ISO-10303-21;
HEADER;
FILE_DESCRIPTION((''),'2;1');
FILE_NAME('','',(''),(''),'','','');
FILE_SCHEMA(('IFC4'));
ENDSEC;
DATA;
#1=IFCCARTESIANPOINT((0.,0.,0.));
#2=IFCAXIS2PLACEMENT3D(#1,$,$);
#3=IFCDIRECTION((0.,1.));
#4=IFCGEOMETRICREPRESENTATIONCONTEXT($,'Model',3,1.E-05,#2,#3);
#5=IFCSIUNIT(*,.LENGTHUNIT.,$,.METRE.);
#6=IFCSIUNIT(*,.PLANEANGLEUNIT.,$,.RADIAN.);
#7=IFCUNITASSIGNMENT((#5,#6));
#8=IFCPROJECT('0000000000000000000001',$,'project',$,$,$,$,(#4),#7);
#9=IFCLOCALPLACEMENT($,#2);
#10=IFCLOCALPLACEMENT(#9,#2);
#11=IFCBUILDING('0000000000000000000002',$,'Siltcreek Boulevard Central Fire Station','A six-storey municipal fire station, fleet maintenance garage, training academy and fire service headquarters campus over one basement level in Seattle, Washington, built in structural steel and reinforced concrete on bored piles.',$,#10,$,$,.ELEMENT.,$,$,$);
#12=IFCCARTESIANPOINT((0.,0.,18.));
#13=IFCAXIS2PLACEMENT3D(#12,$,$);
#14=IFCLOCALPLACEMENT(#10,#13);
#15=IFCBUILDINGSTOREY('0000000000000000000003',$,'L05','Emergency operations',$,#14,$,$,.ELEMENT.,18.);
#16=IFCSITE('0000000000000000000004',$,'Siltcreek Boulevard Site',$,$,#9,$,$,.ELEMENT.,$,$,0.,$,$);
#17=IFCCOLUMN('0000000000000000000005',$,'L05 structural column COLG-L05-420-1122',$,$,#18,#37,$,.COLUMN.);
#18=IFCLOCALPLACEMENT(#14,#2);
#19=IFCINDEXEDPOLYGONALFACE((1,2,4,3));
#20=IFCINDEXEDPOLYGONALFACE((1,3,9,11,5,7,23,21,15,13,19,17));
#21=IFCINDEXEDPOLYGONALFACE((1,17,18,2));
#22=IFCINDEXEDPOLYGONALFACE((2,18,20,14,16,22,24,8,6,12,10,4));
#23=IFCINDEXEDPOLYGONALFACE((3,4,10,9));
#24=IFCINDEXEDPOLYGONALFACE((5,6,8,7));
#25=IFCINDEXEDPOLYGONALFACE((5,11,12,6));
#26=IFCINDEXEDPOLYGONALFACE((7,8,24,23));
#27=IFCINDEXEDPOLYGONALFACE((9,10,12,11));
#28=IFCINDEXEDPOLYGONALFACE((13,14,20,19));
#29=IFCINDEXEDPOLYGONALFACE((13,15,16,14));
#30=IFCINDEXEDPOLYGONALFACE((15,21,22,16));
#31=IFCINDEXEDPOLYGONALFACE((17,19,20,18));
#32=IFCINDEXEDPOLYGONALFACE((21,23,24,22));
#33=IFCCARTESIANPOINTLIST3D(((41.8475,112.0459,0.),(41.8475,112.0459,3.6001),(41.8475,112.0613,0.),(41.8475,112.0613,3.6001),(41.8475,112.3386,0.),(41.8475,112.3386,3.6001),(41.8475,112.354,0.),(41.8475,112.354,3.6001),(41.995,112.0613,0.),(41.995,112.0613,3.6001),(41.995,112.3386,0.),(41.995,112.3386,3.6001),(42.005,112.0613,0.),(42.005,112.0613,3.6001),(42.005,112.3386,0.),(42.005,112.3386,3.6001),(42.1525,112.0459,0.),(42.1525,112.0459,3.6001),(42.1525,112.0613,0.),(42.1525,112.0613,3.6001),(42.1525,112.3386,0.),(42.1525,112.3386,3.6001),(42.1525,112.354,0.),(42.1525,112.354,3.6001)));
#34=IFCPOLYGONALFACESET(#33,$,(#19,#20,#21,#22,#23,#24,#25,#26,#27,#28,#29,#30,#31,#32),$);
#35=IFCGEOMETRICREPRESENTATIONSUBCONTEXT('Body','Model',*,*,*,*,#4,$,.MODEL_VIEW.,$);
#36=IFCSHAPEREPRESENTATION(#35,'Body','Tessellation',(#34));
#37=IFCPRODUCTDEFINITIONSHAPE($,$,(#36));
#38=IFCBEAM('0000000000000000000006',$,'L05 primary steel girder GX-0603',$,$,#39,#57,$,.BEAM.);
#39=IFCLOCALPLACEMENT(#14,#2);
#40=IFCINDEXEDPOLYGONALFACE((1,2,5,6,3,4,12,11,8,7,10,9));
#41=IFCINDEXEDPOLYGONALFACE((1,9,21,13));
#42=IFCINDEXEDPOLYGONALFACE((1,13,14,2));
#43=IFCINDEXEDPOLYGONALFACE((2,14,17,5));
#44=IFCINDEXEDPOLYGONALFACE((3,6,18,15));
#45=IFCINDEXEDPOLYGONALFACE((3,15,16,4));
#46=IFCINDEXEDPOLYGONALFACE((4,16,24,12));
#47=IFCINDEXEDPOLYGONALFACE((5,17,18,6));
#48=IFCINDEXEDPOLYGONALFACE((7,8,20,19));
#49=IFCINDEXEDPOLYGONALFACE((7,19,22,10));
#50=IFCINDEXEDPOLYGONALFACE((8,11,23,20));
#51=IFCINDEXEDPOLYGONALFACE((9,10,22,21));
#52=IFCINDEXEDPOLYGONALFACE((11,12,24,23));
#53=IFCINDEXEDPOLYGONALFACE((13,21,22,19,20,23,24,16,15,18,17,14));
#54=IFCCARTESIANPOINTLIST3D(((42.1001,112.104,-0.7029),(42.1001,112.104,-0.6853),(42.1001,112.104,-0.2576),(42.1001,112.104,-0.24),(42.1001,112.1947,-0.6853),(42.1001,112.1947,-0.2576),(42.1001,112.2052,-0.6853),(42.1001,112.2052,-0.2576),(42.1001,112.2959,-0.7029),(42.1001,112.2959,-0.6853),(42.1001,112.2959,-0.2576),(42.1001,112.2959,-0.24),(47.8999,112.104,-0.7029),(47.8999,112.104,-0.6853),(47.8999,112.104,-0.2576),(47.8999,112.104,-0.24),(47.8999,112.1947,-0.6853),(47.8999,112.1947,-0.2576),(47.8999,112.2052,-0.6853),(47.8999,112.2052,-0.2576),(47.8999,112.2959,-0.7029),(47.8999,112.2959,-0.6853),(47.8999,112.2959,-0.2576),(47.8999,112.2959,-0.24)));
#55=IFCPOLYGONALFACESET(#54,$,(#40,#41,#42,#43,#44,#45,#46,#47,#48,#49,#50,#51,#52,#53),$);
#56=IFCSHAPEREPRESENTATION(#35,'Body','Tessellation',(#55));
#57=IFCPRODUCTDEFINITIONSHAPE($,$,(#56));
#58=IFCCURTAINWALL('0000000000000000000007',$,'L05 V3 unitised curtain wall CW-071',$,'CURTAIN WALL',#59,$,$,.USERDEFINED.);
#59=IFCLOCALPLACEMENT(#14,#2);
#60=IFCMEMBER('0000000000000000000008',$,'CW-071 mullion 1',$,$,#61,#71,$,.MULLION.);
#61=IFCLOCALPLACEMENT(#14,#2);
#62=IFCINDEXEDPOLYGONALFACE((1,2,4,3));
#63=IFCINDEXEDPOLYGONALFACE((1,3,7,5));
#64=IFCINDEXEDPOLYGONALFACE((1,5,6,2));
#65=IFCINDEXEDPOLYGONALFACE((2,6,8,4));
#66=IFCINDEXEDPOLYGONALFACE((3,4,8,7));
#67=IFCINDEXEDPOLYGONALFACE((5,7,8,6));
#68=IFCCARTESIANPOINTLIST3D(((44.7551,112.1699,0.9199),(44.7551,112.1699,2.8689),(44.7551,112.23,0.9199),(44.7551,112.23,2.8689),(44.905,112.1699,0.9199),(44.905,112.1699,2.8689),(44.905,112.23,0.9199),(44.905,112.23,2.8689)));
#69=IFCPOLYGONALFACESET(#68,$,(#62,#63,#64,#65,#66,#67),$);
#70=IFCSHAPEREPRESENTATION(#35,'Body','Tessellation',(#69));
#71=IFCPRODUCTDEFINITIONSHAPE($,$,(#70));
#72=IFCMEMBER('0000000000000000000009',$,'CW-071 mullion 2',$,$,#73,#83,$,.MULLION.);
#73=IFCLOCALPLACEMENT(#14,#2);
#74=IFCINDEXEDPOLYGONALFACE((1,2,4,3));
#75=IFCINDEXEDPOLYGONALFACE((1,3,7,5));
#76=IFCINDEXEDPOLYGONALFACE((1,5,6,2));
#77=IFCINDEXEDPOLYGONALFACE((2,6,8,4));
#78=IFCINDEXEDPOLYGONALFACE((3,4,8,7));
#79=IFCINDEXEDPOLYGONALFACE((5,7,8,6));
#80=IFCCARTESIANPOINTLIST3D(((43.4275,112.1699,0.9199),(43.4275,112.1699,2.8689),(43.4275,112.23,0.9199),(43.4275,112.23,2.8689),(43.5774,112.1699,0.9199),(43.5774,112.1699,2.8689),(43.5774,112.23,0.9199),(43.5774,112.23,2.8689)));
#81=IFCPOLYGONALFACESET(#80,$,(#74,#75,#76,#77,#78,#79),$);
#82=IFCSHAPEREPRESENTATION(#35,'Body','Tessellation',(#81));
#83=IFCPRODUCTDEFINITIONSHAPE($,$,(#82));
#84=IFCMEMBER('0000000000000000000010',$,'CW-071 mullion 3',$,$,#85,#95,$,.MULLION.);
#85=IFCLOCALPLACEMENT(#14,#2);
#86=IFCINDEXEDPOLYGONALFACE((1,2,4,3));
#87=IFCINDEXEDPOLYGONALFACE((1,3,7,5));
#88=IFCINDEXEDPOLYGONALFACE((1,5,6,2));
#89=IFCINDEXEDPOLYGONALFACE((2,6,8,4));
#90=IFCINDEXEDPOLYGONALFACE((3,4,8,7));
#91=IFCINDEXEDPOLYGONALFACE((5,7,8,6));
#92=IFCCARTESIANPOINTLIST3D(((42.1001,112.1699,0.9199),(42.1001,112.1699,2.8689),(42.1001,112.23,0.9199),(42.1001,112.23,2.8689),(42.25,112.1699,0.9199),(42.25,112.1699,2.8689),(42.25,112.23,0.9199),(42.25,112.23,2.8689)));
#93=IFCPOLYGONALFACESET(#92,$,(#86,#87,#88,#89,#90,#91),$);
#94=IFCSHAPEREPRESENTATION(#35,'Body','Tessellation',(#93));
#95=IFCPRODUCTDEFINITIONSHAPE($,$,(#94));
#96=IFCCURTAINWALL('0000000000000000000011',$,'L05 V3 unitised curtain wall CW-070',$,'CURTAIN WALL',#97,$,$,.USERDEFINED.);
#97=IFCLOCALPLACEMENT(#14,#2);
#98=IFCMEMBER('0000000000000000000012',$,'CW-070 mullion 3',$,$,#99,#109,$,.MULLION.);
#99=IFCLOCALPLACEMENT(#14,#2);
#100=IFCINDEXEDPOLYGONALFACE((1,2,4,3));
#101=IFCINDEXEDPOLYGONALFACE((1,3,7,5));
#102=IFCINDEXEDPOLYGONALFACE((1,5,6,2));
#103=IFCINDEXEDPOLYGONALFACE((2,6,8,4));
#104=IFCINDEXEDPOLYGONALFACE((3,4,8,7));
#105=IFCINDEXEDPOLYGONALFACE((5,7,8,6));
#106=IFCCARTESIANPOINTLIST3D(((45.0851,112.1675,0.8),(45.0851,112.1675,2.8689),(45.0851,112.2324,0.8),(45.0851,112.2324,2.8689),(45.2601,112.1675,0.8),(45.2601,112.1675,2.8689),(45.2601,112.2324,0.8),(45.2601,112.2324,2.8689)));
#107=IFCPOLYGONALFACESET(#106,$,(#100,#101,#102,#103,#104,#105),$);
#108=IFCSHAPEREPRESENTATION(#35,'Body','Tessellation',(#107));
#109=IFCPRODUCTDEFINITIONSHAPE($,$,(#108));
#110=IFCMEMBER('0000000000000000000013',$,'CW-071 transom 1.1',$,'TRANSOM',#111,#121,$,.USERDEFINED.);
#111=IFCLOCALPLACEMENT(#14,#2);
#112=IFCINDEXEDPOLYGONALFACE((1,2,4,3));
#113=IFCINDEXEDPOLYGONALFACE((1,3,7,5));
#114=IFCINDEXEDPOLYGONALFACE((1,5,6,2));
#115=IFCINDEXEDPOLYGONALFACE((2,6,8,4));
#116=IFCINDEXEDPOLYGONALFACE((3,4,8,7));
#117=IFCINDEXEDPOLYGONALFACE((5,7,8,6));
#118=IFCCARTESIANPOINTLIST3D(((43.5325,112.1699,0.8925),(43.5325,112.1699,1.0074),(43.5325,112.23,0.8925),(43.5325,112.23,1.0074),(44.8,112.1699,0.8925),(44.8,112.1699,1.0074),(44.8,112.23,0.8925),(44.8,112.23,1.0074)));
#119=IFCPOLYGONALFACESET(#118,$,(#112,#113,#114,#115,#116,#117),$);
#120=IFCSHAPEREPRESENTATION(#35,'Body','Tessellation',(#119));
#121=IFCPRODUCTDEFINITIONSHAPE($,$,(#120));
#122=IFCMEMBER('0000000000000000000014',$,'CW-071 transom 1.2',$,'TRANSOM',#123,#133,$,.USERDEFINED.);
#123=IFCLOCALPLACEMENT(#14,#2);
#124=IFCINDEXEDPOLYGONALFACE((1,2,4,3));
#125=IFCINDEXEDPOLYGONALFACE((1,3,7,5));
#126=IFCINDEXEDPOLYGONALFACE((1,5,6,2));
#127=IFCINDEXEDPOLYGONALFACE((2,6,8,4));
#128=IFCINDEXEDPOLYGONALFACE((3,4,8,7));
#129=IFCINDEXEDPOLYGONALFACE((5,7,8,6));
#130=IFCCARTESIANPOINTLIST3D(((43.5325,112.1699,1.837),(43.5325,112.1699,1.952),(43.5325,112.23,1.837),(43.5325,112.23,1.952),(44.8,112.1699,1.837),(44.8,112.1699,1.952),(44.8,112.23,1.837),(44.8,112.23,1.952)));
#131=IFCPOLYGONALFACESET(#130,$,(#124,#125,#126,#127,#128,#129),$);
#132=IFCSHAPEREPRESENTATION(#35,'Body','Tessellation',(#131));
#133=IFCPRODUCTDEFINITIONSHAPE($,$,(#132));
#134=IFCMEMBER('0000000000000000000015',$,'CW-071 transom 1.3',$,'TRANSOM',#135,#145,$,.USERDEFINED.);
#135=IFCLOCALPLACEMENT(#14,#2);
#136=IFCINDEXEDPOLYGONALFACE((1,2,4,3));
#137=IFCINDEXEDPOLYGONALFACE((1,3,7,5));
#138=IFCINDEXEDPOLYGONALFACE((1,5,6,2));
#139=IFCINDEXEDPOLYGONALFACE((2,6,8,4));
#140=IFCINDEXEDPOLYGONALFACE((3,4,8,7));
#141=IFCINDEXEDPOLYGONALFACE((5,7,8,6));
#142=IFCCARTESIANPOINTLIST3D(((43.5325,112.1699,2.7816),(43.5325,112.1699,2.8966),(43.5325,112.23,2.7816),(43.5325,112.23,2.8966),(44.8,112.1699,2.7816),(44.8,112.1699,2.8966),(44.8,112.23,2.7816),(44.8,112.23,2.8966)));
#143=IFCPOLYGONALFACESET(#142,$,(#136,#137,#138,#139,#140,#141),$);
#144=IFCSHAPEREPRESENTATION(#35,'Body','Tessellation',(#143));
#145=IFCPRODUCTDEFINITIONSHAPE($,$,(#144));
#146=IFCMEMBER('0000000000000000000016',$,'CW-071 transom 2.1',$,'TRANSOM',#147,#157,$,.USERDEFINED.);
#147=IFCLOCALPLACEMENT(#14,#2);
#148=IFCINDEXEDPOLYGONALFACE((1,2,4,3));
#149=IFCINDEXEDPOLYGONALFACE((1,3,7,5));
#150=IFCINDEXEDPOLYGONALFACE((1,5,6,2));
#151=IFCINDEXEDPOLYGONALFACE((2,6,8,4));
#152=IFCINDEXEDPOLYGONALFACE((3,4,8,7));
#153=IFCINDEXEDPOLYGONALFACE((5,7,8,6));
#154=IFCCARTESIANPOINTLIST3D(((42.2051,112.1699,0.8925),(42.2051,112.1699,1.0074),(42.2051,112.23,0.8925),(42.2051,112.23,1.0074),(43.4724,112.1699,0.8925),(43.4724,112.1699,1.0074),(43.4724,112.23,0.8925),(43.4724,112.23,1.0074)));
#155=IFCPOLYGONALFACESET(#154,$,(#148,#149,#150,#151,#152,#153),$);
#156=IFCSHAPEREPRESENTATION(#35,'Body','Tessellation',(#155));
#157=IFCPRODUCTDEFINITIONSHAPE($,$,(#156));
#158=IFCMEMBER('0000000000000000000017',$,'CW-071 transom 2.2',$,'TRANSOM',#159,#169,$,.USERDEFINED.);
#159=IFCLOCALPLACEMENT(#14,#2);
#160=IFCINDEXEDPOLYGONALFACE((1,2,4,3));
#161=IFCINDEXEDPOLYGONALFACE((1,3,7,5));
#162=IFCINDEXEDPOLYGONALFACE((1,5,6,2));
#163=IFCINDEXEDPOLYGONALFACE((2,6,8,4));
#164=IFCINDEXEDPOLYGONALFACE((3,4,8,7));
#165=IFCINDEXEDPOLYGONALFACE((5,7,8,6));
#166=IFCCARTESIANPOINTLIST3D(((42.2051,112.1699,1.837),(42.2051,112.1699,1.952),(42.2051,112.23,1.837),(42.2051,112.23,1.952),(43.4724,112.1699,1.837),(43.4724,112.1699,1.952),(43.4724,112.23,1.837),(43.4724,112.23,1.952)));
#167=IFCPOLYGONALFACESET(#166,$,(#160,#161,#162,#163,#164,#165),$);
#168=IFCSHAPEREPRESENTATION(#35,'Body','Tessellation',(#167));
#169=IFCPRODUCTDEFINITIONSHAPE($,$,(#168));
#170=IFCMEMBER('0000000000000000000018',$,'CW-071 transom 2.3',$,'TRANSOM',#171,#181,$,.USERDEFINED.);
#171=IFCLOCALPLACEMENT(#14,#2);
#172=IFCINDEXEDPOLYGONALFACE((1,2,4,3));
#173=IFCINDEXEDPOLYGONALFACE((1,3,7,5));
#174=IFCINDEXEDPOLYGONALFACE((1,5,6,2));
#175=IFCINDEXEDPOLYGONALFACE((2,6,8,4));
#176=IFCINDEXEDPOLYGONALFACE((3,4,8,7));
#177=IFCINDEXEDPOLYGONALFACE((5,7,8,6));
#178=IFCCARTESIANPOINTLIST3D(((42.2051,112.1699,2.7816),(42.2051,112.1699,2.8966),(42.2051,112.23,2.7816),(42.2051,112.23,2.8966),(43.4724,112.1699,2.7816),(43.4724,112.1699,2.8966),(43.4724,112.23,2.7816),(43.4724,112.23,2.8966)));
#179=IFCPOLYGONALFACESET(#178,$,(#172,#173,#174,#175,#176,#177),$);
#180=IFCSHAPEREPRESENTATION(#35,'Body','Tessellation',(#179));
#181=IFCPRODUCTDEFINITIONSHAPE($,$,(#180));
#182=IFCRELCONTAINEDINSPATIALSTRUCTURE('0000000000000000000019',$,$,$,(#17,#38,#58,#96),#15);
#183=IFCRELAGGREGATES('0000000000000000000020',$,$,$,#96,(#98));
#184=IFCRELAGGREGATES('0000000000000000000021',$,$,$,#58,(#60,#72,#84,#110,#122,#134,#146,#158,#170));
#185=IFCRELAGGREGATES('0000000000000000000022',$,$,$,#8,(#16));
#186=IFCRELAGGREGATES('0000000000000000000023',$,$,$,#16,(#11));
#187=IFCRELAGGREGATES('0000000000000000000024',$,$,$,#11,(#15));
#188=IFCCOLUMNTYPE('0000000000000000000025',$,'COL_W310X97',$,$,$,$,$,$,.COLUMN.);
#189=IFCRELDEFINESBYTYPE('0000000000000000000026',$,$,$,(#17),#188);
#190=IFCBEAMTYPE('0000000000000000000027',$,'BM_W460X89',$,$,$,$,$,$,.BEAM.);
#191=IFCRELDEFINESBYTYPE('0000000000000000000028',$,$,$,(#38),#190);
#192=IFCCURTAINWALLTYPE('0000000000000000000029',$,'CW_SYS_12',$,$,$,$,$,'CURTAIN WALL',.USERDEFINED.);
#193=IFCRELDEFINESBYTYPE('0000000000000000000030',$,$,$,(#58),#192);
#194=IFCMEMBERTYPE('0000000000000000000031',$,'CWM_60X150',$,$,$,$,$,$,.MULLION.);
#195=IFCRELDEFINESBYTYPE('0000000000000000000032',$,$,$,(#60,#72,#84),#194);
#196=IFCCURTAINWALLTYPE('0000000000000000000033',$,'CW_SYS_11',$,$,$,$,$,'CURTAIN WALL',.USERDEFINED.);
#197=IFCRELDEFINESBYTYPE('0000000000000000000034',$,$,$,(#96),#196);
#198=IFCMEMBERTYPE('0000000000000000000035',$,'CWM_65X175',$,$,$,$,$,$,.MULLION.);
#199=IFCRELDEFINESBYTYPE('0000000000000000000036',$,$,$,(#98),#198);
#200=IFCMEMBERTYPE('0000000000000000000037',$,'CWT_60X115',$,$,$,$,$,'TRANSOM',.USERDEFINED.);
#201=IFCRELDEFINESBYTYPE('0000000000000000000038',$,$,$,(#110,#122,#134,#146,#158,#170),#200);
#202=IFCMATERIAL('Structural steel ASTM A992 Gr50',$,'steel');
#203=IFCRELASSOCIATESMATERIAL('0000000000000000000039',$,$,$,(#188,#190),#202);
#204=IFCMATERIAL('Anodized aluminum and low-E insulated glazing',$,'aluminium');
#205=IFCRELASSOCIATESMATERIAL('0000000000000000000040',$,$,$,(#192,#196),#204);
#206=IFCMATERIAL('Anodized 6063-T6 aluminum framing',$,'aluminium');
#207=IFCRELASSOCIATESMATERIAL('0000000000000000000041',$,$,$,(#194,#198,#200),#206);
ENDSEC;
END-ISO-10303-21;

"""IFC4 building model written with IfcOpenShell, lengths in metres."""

from ifc_helpers import new_model, si_unit, direction, frame, origin, origin_2d, place, context, subcontext, project, spatial, rectangle, i_section, extrude, material, material_profile, profile_set, type_object, element, aggregate, save


model = new_model("IFC4")

# Units and contexts
model_context = context("Model", 3, precision=1e-05, world=origin(), true_north=direction((0.0, 1.0)))
body_context = subcontext(model_context, "Body", "Model", "MODEL_VIEW")
ifc_project = project(units=[si_unit("LENGTHUNIT", "METRE"), si_unit("PLANEANGLEUNIT", "RADIAN")], contexts=[model_context])

# Site, building, storey
site_placement = place(None, origin())
site = spatial("IfcSite", under=ifc_project, at=site_placement, Name="Siltcreek Boulevard Site", CompositionType="ELEMENT", RefElevation=0.0)
building_placement = place(site_placement, origin())
building = spatial("IfcBuilding", under=site, at=building_placement, Name="Siltcreek Boulevard Central Fire Station", Description="A six-storey municipal fire station, fleet maintenance garage, training academy and fire service headquarters campus over one basement level in Seattle, Washington, built in structural steel and reinforced concrete on bored piles.", CompositionType="ELEMENT")
storey_placement = place(building_placement, frame((0.0, 0.0, 18.0)))
storey = spatial("IfcBuildingStorey", under=building, at=storey_placement, Name="L05", Description="Emergency operations", CompositionType="ELEMENT", Elevation=18.0)

# Column
ifc_material_1 = material(Name="Structural steel ASTM A992 Gr50", Category="steel")
ifc_material_profile_1 = material_profile(ifc_material_1, i_section(OverallWidth=0.3049, OverallDepth=0.3081, WebThickness=0.01, FlangeThickness=0.0154, at=origin_2d()), Name="W310X97")
ifc_profile_set_1 = profile_set([ifc_material_profile_1], Name="Structural steel ASTM A992 Gr50")
column_type = type_object("IfcColumnType", Name="COL_W310X97", PredefinedType="COLUMN", material=ifc_profile_set_1)
column_placement = place(storey_placement, frame((42.0, 112.2, 0.0), z_axis=(0.0, 0.0, 1.0), x_axis=(1.0, 0.0, 0.0)))
element("IfcColumn", 1, at=column_placement, inside=storey, type_object=column_type, Name="L05 structural column COLG-L05-420-1122", PredefinedType="COLUMN", context=body_context, shape_type="SweptSolid", body=[
    extrude(i_section(OverallWidth=0.3049, OverallDepth=0.3081, WebThickness=0.01, FlangeThickness=0.0154, at=origin_2d()), origin(), (0.0, 0.0, 1.0), 3.6001),
])

# Beam
ifc_material_profile_2 = material_profile(ifc_material_1, i_section(OverallWidth=0.1919, OverallDepth=0.4629, WebThickness=0.0105, FlangeThickness=0.0176, at=origin_2d()), Name="W460X89")
ifc_profile_set_2 = profile_set([ifc_material_profile_2], Name="Structural steel ASTM A992 Gr50")
beam_type = type_object("IfcBeamType", Name="BM_W460X89", PredefinedType="BEAM", material=ifc_profile_set_2)
beam_placement = place(storey_placement, frame((42.1001, 112.2, -0.4714), z_axis=(1.0, 0.0, 0.0), x_axis=(0.0, 1.0, 0.0)))
element("IfcBeam", 2, at=beam_placement, inside=storey, type_object=beam_type, Name="L05 primary steel girder GX-0603", PredefinedType="BEAM", context=body_context, shape_type="SweptSolid", body=[
    extrude(i_section(OverallWidth=0.1919, OverallDepth=0.4629, WebThickness=0.0105, FlangeThickness=0.0176, at=origin_2d()), origin(), (0.0, 0.0, 1.0), 5.7998),
])

# Curtain wall, members
ifc_material_2 = material(Name="Anodized aluminum and low-E insulated glazing", Category="aluminium")
curtain_wall_type_1 = type_object("IfcCurtainWallType", Name="CW_SYS_12", ElementType="CURTAIN WALL", PredefinedType="USERDEFINED", material=ifc_material_2)
curtain_wall_1_placement = place(storey_placement, origin())
curtain_wall_1 = element("IfcCurtainWall", 3, at=curtain_wall_1_placement, inside=storey, type_object=curtain_wall_type_1, Name="L05 V3 unitised curtain wall CW-071", ObjectType="CURTAIN WALL", PredefinedType="USERDEFINED")
ifc_material_3 = material(Name="Anodized 6063-T6 aluminum framing", Category="aluminium")
ifc_material_profile_3 = material_profile(ifc_material_3, rectangle(XDim=0.0601, YDim=0.1499, at=origin_2d()), Name="MULL60X150")
ifc_profile_set_3 = profile_set([ifc_material_profile_3], Name="Anodized 6063-T6 aluminum framing")
member_type_1 = type_object("IfcMemberType", Name="CWM_60X150", PredefinedType="MULLION", material=ifc_profile_set_3)
member_1_placement = place(storey_placement, frame((44.8301, 112.2, 0.9199), z_axis=(0.0, 0.0, 1.0), x_axis=(0.0, -1.0, 0.0)))
member_1 = element("IfcMember", 4, at=member_1_placement, type_object=member_type_1, Name="CW-071 mullion 1", PredefinedType="MULLION", context=body_context, shape_type="SweptSolid", body=[
    extrude(rectangle(XDim=0.0601, YDim=0.1499, at=origin_2d()), origin(), (0.0, 0.0, 1.0), 1.949),
])
member_2_placement = place(storey_placement, frame((43.5024, 112.2, 0.9199), z_axis=(0.0, 0.0, 1.0), x_axis=(0.0, -1.0, 0.0)))
member_2 = element("IfcMember", 5, at=member_2_placement, type_object=member_type_1, Name="CW-071 mullion 2", PredefinedType="MULLION", context=body_context, shape_type="SweptSolid", body=[
    extrude(rectangle(XDim=0.0601, YDim=0.1499, at=origin_2d()), origin(), (0.0, 0.0, 1.0), 1.949),
])
member_3_placement = place(storey_placement, frame((42.175, 112.2, 0.9199), z_axis=(0.0, 0.0, 1.0), x_axis=(0.0, -1.0, 0.0)))
member_3 = element("IfcMember", 6, at=member_3_placement, type_object=member_type_1, Name="CW-071 mullion 3", PredefinedType="MULLION", context=body_context, shape_type="SweptSolid", body=[
    extrude(rectangle(XDim=0.0601, YDim=0.1499, at=origin_2d()), origin(), (0.0, 0.0, 1.0), 1.949),
])

# Curtain wall, member
curtain_wall_type_2 = type_object("IfcCurtainWallType", Name="CW_SYS_11", ElementType="CURTAIN WALL", PredefinedType="USERDEFINED", material=ifc_material_2)
curtain_wall_2_placement = place(storey_placement, origin())
curtain_wall_2 = element("IfcCurtainWall", 7, at=curtain_wall_2_placement, inside=storey, type_object=curtain_wall_type_2, Name="L05 V3 unitised curtain wall CW-070", ObjectType="CURTAIN WALL", PredefinedType="USERDEFINED")
ifc_material_profile_4 = material_profile(ifc_material_3, rectangle(XDim=0.0649, YDim=0.175, at=origin_2d()), Name="MULL65X175")
ifc_profile_set_4 = profile_set([ifc_material_profile_4], Name="Anodized 6063-T6 aluminum framing")
member_type_2 = type_object("IfcMemberType", Name="CWM_65X175", PredefinedType="MULLION", material=ifc_profile_set_4)
member_4_placement = place(storey_placement, frame((45.1726, 112.2, 0.8), z_axis=(0.0, 0.0, 1.0), x_axis=(0.0, -1.0, 0.0)))
member_4 = element("IfcMember", 8, at=member_4_placement, type_object=member_type_2, Name="CW-070 mullion 3", PredefinedType="MULLION", context=body_context, shape_type="SweptSolid", body=[
    extrude(rectangle(XDim=0.0649, YDim=0.175, at=origin_2d()), origin(), (0.0, 0.0, 1.0), 2.0688),
])

# Members
ifc_material_profile_5 = material_profile(ifc_material_3, rectangle(XDim=0.0601, YDim=0.115, at=origin_2d()), Name="TRAN60X115")
ifc_profile_set_5 = profile_set([ifc_material_profile_5], Name="Anodized 6063-T6 aluminum framing")
member_type_3 = type_object("IfcMemberType", Name="CWT_60X115", ElementType="TRANSOM", PredefinedType="USERDEFINED", material=ifc_profile_set_5)
member_5_placement = place(storey_placement, frame((44.8, 112.2, 0.95), z_axis=(-1.0, 0.0, 0.0), x_axis=(0.0, -1.0, 0.0)))
member_5 = element("IfcMember", 9, at=member_5_placement, type_object=member_type_3, Name="CW-071 transom 1.1", ObjectType="TRANSOM", PredefinedType="USERDEFINED", context=body_context, shape_type="SweptSolid", body=[
    extrude(rectangle(XDim=0.0601, YDim=0.115, at=origin_2d()), origin(), (0.0, 0.0, 1.0), 1.2676),
])
member_6_placement = place(storey_placement, frame((44.8, 112.2, 1.8945), z_axis=(-1.0, 0.0, 0.0), x_axis=(0.0, -1.0, 0.0)))
member_6 = element("IfcMember", 10, at=member_6_placement, type_object=member_type_3, Name="CW-071 transom 1.2", ObjectType="TRANSOM", PredefinedType="USERDEFINED", context=body_context, shape_type="SweptSolid", body=[
    extrude(rectangle(XDim=0.0601, YDim=0.115, at=origin_2d()), origin(), (0.0, 0.0, 1.0), 1.2676),
])
member_7_placement = place(storey_placement, frame((44.8, 112.2, 2.8391), z_axis=(-1.0, 0.0, 0.0), x_axis=(0.0, -1.0, 0.0)))
member_7 = element("IfcMember", 11, at=member_7_placement, type_object=member_type_3, Name="CW-071 transom 1.3", ObjectType="TRANSOM", PredefinedType="USERDEFINED", context=body_context, shape_type="SweptSolid", body=[
    extrude(rectangle(XDim=0.0601, YDim=0.115, at=origin_2d()), origin(), (0.0, 0.0, 1.0), 1.2676),
])
member_8_placement = place(storey_placement, frame((43.4724, 112.2, 0.95), z_axis=(-1.0, 0.0, 0.0), x_axis=(0.0, -1.0, 0.0)))
member_8 = element("IfcMember", 12, at=member_8_placement, type_object=member_type_3, Name="CW-071 transom 2.1", ObjectType="TRANSOM", PredefinedType="USERDEFINED", context=body_context, shape_type="SweptSolid", body=[
    extrude(rectangle(XDim=0.0601, YDim=0.115, at=origin_2d()), origin(), (0.0, 0.0, 1.0), 1.2673),
])
member_9_placement = place(storey_placement, frame((43.4724, 112.2, 1.8945), z_axis=(-1.0, 0.0, 0.0), x_axis=(0.0, -1.0, 0.0)))
member_9 = element("IfcMember", 13, at=member_9_placement, type_object=member_type_3, Name="CW-071 transom 2.2", ObjectType="TRANSOM", PredefinedType="USERDEFINED", context=body_context, shape_type="SweptSolid", body=[
    extrude(rectangle(XDim=0.0601, YDim=0.115, at=origin_2d()), origin(), (0.0, 0.0, 1.0), 1.2673),
])
member_10_placement = place(storey_placement, frame((43.4724, 112.2, 2.8391), z_axis=(-1.0, 0.0, 0.0), x_axis=(0.0, -1.0, 0.0)))
member_10 = element("IfcMember", 14, at=member_10_placement, type_object=member_type_3, Name="CW-071 transom 2.3", ObjectType="TRANSOM", PredefinedType="USERDEFINED", context=body_context, shape_type="SweptSolid", body=[
    extrude(rectangle(XDim=0.0601, YDim=0.115, at=origin_2d()), origin(), (0.0, 0.0, 1.0), 1.2673),
])

aggregate(curtain_wall_2, [member_4])
aggregate(curtain_wall_1, [member_1, member_2, member_3, member_5, member_6, member_7, member_8, member_9, member_10])

save(model, "model.ifc")
